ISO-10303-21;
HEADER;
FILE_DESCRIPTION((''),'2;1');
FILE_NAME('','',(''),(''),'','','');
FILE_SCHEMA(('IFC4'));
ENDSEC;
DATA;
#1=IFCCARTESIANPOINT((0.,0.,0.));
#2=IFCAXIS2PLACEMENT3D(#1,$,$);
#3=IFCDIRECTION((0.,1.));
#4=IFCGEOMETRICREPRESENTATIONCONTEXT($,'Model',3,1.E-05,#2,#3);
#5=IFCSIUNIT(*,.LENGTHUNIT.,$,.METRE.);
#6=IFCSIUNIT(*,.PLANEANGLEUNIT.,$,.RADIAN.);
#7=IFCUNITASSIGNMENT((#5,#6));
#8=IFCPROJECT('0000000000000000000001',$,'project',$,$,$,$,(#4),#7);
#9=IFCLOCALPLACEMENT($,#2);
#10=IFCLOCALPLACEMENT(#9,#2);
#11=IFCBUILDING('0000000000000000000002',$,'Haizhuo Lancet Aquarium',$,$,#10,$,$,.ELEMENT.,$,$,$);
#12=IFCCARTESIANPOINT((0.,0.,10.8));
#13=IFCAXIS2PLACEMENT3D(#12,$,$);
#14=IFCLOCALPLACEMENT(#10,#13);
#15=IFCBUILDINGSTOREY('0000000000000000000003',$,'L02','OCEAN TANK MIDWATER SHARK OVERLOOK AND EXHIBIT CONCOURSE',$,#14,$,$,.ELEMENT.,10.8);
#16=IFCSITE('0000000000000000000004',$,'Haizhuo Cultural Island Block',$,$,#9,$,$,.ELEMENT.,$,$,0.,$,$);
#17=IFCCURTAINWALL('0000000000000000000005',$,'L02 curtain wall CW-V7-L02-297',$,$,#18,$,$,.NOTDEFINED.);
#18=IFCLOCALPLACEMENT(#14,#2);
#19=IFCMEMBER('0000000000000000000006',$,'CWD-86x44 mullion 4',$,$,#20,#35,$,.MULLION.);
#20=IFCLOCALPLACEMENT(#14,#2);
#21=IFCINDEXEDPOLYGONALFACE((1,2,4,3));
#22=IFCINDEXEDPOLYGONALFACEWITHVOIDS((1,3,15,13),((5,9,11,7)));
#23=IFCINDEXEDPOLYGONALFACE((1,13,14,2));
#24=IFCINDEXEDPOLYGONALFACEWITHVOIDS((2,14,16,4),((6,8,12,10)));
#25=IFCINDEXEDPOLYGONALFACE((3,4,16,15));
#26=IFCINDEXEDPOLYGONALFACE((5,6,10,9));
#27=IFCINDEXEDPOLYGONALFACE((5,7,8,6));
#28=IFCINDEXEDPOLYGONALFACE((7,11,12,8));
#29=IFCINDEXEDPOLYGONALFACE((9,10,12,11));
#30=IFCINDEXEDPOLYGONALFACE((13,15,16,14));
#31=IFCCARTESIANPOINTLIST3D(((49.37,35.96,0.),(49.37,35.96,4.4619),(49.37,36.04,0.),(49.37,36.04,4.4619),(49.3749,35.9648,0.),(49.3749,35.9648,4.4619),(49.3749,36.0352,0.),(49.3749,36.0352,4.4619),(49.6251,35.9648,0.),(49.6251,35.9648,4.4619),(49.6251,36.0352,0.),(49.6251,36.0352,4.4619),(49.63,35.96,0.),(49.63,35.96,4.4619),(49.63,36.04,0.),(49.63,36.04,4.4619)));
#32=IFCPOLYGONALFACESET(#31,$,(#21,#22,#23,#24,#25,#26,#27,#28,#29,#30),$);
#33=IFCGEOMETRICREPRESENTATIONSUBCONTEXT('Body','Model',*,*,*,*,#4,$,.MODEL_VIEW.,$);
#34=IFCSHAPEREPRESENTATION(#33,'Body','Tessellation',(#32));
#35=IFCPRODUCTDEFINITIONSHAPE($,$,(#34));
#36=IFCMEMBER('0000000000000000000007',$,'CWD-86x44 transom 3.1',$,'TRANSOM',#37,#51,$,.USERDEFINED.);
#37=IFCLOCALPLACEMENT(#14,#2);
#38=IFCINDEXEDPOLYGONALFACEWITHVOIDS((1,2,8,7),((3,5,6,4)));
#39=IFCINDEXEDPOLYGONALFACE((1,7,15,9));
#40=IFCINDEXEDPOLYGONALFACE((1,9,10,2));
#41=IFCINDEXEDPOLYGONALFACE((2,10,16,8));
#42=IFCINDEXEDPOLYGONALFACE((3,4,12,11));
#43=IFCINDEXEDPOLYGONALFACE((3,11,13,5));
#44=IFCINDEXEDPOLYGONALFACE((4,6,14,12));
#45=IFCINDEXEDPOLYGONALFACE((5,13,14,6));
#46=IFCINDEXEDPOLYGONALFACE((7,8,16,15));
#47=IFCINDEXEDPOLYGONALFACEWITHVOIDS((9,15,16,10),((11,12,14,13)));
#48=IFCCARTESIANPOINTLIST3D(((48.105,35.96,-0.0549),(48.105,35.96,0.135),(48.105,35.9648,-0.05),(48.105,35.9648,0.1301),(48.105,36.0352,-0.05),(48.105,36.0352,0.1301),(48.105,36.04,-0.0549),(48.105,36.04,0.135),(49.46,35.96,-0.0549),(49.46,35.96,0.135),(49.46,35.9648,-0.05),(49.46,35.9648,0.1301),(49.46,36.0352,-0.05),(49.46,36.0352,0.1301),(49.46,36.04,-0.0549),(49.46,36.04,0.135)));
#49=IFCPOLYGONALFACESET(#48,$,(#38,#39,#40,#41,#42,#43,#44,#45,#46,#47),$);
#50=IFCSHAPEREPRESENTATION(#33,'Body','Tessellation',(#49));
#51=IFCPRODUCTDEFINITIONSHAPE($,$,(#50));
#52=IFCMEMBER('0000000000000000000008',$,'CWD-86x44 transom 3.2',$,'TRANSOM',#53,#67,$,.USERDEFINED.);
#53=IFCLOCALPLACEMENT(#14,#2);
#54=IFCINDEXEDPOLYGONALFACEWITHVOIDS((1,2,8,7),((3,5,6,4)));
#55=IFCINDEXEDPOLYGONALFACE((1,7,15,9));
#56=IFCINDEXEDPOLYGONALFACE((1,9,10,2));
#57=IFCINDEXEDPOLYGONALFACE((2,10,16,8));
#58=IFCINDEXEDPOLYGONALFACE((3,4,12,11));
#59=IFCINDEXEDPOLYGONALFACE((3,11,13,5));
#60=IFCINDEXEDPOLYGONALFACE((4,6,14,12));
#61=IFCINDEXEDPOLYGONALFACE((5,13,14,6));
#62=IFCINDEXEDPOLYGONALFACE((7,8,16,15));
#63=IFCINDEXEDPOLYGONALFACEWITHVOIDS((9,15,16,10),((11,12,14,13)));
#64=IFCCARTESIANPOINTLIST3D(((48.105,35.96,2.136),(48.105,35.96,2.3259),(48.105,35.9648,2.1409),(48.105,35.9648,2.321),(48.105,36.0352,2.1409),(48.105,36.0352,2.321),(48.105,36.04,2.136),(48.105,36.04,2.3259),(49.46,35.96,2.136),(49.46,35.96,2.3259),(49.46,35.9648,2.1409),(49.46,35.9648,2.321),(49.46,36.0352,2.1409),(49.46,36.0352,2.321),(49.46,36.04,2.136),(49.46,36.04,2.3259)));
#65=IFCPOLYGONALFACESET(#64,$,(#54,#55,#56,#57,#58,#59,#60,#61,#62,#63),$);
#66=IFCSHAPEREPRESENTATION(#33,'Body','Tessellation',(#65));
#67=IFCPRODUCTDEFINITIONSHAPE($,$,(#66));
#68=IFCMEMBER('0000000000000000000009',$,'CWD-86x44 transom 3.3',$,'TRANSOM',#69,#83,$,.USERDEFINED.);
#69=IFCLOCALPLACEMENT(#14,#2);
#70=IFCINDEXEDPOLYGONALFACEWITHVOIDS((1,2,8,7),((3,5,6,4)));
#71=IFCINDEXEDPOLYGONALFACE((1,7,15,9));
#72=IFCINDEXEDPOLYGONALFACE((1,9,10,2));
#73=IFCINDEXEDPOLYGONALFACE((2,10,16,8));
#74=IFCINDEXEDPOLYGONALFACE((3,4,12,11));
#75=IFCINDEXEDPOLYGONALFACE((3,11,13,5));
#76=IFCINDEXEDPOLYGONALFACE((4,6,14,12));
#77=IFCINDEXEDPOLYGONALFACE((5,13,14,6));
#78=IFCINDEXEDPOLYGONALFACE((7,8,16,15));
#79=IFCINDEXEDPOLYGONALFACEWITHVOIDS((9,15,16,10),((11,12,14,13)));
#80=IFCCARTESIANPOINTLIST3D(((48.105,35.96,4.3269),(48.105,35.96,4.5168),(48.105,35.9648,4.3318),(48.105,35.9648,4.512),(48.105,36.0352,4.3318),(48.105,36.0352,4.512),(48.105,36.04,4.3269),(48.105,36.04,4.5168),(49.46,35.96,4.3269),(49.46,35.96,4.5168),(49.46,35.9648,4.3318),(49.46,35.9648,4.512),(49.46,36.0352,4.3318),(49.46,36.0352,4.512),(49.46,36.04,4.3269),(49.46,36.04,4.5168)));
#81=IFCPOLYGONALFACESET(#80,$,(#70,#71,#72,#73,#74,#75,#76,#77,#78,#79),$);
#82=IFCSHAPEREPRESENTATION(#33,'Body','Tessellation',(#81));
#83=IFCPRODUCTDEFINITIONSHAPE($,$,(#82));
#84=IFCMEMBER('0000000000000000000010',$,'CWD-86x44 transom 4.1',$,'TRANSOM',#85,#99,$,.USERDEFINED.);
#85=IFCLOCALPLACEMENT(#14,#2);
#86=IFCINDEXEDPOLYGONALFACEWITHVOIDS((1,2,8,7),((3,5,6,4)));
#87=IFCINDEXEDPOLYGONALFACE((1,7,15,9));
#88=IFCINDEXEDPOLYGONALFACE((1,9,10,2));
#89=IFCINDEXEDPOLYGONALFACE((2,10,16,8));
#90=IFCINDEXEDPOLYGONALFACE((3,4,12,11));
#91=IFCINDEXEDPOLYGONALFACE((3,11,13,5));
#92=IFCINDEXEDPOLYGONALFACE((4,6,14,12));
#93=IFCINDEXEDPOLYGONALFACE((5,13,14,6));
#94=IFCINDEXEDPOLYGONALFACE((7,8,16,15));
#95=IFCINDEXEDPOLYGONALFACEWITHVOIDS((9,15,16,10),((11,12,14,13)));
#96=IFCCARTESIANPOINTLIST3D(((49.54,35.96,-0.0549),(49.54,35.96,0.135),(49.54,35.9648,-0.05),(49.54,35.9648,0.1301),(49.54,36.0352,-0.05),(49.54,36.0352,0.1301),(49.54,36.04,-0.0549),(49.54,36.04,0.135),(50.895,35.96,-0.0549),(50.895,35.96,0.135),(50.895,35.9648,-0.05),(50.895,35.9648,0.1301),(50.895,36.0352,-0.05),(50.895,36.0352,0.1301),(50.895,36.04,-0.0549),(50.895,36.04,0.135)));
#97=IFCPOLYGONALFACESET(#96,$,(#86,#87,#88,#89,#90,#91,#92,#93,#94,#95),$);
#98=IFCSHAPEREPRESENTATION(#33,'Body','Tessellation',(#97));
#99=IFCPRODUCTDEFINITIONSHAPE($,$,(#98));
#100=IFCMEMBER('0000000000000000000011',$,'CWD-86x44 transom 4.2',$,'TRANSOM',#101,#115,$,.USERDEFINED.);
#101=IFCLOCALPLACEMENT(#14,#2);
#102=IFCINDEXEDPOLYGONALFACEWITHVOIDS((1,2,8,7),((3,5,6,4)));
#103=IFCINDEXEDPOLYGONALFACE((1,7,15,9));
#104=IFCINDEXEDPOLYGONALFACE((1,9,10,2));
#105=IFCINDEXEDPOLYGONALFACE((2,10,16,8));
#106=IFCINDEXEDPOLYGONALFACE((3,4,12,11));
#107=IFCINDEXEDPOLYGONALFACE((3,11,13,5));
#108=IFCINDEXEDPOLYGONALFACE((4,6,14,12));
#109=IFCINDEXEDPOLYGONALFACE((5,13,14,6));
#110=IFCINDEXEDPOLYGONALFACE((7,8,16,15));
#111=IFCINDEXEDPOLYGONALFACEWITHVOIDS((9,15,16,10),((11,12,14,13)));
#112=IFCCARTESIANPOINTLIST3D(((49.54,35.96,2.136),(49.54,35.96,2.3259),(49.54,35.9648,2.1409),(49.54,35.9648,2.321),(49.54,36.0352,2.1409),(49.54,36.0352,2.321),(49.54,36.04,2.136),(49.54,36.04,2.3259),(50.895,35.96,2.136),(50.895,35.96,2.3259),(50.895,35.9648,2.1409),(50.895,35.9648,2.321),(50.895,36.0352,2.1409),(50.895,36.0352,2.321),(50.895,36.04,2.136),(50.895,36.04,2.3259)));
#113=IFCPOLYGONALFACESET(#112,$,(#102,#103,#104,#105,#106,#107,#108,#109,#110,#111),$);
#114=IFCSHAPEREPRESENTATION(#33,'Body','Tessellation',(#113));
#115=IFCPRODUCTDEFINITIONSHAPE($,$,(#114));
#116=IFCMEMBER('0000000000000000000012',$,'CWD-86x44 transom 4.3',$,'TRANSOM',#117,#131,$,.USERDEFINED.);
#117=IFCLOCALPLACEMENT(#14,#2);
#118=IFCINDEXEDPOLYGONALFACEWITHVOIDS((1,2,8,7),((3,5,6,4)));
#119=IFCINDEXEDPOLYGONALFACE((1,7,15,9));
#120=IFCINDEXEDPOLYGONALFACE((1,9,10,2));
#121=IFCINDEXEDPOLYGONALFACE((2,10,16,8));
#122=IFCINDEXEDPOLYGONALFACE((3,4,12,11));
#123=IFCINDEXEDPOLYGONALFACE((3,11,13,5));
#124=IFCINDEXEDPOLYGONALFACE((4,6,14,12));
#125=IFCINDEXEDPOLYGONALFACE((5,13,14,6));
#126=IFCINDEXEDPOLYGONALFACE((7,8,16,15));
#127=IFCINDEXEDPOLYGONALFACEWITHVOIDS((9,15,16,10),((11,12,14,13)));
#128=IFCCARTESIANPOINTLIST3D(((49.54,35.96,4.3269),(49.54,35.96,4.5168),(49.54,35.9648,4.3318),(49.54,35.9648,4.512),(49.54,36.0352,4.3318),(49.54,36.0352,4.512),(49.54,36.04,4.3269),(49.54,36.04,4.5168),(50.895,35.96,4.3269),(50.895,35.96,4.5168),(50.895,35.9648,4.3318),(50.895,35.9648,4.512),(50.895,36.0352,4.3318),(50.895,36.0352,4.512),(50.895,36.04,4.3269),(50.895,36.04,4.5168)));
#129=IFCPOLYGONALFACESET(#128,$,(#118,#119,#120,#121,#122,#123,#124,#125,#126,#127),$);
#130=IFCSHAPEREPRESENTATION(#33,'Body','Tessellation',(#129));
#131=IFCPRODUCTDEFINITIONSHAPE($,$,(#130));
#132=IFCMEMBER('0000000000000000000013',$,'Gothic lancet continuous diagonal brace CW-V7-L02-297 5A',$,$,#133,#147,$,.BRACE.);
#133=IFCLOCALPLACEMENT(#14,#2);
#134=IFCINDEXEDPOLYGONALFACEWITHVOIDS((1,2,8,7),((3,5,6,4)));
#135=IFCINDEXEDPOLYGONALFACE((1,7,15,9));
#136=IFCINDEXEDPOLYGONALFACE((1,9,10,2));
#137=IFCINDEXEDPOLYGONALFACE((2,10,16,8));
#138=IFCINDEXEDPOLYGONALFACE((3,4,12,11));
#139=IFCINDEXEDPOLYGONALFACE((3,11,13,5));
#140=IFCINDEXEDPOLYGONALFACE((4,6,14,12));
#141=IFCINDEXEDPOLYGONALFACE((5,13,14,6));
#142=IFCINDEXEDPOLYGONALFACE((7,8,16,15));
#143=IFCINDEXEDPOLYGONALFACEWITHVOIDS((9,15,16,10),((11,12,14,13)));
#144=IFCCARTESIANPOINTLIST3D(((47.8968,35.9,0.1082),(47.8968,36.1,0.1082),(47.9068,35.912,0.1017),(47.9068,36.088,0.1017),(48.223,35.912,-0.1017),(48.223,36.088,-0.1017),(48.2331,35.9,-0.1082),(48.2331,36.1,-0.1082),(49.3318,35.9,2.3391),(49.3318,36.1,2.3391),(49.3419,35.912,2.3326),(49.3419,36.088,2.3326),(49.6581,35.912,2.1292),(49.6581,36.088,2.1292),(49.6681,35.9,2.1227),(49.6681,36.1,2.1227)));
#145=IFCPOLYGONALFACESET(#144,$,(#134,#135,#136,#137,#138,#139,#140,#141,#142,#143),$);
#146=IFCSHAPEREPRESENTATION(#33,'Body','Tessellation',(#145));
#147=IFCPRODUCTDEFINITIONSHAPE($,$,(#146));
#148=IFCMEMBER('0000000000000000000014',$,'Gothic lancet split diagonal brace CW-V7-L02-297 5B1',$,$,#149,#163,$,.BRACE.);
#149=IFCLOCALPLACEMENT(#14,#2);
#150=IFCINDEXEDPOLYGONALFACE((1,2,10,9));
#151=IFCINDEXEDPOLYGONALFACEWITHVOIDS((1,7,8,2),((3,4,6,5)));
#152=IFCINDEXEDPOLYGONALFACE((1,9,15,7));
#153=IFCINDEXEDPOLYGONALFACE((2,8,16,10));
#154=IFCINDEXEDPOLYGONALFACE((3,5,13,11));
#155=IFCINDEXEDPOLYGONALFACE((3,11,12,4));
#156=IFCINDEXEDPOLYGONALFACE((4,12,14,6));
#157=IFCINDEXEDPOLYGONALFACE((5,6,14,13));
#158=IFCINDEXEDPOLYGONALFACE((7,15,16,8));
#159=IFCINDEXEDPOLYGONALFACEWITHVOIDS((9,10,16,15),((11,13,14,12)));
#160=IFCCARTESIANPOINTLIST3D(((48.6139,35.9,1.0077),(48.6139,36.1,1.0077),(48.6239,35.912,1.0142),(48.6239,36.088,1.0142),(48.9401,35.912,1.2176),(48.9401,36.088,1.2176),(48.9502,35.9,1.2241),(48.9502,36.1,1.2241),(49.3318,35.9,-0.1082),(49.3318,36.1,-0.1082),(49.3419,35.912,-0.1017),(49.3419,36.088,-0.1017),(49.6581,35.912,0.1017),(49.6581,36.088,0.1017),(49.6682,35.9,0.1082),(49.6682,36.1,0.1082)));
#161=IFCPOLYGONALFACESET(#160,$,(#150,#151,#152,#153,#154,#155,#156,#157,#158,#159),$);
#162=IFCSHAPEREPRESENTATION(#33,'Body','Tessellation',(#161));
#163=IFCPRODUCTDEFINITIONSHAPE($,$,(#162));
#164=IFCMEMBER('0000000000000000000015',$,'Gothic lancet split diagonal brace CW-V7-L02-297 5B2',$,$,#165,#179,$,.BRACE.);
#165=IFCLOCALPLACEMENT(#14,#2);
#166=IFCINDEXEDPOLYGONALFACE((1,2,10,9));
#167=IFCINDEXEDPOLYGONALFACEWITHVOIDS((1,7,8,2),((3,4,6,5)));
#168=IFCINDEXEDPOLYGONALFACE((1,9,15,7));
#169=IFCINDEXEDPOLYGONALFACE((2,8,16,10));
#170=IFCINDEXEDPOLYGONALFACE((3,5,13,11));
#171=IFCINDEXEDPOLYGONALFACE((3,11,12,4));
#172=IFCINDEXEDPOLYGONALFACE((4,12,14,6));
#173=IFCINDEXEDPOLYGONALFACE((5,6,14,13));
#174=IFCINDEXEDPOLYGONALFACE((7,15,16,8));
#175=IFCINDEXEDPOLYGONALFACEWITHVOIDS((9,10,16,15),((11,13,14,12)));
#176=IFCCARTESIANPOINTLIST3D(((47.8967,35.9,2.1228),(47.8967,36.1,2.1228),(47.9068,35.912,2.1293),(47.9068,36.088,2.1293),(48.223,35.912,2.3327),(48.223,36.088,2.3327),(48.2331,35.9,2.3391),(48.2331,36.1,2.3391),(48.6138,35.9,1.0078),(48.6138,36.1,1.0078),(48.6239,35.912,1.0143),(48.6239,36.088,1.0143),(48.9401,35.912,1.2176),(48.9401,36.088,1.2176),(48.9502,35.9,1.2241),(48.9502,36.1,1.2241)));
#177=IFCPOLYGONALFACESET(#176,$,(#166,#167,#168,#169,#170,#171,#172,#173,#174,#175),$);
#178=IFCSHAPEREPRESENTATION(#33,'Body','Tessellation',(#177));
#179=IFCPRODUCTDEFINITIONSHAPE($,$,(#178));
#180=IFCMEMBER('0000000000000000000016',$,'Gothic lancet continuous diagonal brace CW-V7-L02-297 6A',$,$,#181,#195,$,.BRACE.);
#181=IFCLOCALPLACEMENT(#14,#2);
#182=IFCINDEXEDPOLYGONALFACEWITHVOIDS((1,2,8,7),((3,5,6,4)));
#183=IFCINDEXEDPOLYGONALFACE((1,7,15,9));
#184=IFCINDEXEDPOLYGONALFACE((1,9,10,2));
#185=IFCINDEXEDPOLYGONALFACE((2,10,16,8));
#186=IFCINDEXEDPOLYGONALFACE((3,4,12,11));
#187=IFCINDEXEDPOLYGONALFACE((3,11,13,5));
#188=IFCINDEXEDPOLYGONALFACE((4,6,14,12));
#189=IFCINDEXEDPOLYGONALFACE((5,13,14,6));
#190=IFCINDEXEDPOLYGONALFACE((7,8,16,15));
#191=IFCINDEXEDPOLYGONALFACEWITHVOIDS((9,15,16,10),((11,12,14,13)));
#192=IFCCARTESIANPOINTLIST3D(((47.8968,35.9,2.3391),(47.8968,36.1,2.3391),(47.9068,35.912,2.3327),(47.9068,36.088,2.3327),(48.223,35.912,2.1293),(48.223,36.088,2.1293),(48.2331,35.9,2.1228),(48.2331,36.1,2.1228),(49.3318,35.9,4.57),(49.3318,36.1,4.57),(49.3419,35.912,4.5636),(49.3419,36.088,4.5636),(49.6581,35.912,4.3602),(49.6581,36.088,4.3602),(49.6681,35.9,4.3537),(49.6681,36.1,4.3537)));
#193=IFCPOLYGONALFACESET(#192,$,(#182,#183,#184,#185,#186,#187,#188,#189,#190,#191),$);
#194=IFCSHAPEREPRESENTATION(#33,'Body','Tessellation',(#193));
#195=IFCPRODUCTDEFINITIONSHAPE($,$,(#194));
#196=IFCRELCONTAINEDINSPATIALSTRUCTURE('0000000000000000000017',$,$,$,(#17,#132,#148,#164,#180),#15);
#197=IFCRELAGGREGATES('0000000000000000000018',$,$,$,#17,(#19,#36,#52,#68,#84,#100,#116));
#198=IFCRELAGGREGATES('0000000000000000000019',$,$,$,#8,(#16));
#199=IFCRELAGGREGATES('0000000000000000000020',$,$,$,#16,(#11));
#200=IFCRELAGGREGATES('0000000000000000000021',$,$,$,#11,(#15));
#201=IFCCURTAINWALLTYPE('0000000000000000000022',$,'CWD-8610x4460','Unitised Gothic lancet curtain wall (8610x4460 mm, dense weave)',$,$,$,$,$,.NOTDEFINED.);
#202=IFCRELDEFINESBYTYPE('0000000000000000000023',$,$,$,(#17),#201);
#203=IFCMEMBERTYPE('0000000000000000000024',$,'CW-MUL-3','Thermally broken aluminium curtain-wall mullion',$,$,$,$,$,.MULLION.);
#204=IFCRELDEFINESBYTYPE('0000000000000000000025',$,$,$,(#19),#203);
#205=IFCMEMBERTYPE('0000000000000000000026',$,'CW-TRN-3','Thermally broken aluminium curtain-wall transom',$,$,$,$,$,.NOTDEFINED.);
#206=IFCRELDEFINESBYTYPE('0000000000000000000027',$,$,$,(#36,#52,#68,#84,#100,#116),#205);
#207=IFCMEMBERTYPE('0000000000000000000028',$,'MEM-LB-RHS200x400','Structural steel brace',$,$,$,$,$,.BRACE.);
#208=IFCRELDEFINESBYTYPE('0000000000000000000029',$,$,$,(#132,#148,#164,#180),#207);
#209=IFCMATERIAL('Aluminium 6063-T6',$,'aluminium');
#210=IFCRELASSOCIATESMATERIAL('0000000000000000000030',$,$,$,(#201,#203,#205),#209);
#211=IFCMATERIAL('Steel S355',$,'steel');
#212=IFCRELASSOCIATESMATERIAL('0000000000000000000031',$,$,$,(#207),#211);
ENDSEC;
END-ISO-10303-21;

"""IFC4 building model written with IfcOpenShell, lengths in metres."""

from ifc_helpers import new_model, si_unit, direction, frame, origin, origin_2d, place, context, subcontext, project, spatial, hollow_rectangle, extrude, material, material_profile, profile_set, type_object, element, aggregate, save


model = new_model("IFC4")

# Units and contexts
model_context = context("Model", 3, precision=1e-05, world=origin(), true_north=direction((0.0, 1.0)))
body_context = subcontext(model_context, "Body", "Model", "MODEL_VIEW")
ifc_project = project(units=[si_unit("LENGTHUNIT", "METRE"), si_unit("PLANEANGLEUNIT", "RADIAN")], contexts=[model_context])

# Site, building, storey
site_placement = place(None, origin())
site = spatial("IfcSite", under=ifc_project, at=site_placement, Name="Haizhuo Cultural Island Block", CompositionType="ELEMENT", RefElevation=0.0)
building_placement = place(site_placement, origin())
building = spatial("IfcBuilding", under=site, at=building_placement, Name="Haizhuo Lancet Aquarium", CompositionType="ELEMENT")
storey_placement = place(building_placement, frame((0.0, 0.0, 10.8)))
storey = spatial("IfcBuildingStorey", under=building, at=storey_placement, Name="L02", Description="OCEAN TANK MIDWATER SHARK OVERLOOK AND EXHIBIT CONCOURSE", CompositionType="ELEMENT", Elevation=10.8)

# Curtain wall, members
ifc_material_1 = material(Name="Aluminium 6063-T6", Category="aluminium")
curtain_wall_type = type_object("IfcCurtainWallType", Name="CWD-8610x4460", Description="Unitised Gothic lancet curtain wall (8610x4460 mm, dense weave)", PredefinedType="NOTDEFINED", material=ifc_material_1)
curtain_wall_placement = place(storey_placement, origin())
curtain_wall = element("IfcCurtainWall", 1, at=curtain_wall_placement, inside=storey, type_object=curtain_wall_type, Name="L02 curtain wall CW-V7-L02-297", PredefinedType="NOTDEFINED")
ifc_material_profile_1 = material_profile(ifc_material_1, hollow_rectangle(XDim=0.0801, YDim=0.26, WallThickness=0.0049, at=origin_2d()), Name="ALU-M 80x260x5")
ifc_profile_set_1 = profile_set([ifc_material_profile_1], Name="Aluminium 6063-T6")
member_type_1 = type_object("IfcMemberType", Name="CW-MUL-3", Description="Thermally broken aluminium curtain-wall mullion", PredefinedType="MULLION", material=ifc_profile_set_1)
member_1_placement = place(storey_placement, frame((49.5, 36.0, 0.0), z_axis=(0.0, 0.0, 1.0), x_axis=(0.0, 1.0, 0.0)))
member_1 = element("IfcMember", 2, at=member_1_placement, type_object=member_type_1, Name="CWD-86x44 mullion 4", PredefinedType="MULLION", context=body_context, shape_type="SweptSolid", body=[
    extrude(hollow_rectangle(XDim=0.0801, YDim=0.26, WallThickness=0.0049, at=origin_2d()), origin(), (0.0, 0.0, 1.0), 4.4619),
])
ifc_material_profile_2 = material_profile(ifc_material_1, hollow_rectangle(XDim=0.0801, YDim=0.1899, WallThickness=0.0049, at=origin_2d()), Name="ALU-T 80x190x5")
ifc_profile_set_2 = profile_set([ifc_material_profile_2], Name="Aluminium 6063-T6")
member_type_2 = type_object("IfcMemberType", Name="CW-TRN-3", Description="Thermally broken aluminium curtain-wall transom", PredefinedType="NOTDEFINED", material=ifc_profile_set_2)
member_2_placement = place(storey_placement, frame((48.105, 36.0, 0.04), z_axis=(1.0, 0.0, 0.0), x_axis=(0.0, 1.0, 0.0)))
member_2 = element("IfcMember", 3, at=member_2_placement, type_object=member_type_2, Name="CWD-86x44 transom 3.1", ObjectType="TRANSOM", PredefinedType="USERDEFINED", context=body_context, shape_type="SweptSolid", body=[
    extrude(hollow_rectangle(XDim=0.0801, YDim=0.1899, WallThickness=0.0049, at=origin_2d()), origin(), (0.0, 0.0, 1.0), 1.355),
])
member_3_placement = place(storey_placement, frame((48.105, 36.0, 2.231), z_axis=(1.0, 0.0, 0.0), x_axis=(0.0, 1.0, 0.0)))
member_3 = element("IfcMember", 4, at=member_3_placement, type_object=member_type_2, Name="CWD-86x44 transom 3.2", ObjectType="TRANSOM", PredefinedType="USERDEFINED", context=body_context, shape_type="SweptSolid", body=[
    extrude(hollow_rectangle(XDim=0.0801, YDim=0.1899, WallThickness=0.0049, at=origin_2d()), origin(), (0.0, 0.0, 1.0), 1.355),
])
member_4_placement = place(storey_placement, frame((48.105, 36.0, 4.4219), z_axis=(1.0, 0.0, 0.0), x_axis=(0.0, 1.0, 0.0)))
member_4 = element("IfcMember", 5, at=member_4_placement, type_object=member_type_2, Name="CWD-86x44 transom 3.3", ObjectType="TRANSOM", PredefinedType="USERDEFINED", context=body_context, shape_type="SweptSolid", body=[
    extrude(hollow_rectangle(XDim=0.0801, YDim=0.1899, WallThickness=0.0049, at=origin_2d()), origin(), (0.0, 0.0, 1.0), 1.355),
])
member_5_placement = place(storey_placement, frame((49.54, 36.0, 0.04), z_axis=(1.0, 0.0, 0.0), x_axis=(0.0, 1.0, 0.0)))
member_5 = element("IfcMember", 6, at=member_5_placement, type_object=member_type_2, Name="CWD-86x44 transom 4.1", ObjectType="TRANSOM", PredefinedType="USERDEFINED", context=body_context, shape_type="SweptSolid", body=[
    extrude(hollow_rectangle(XDim=0.0801, YDim=0.1899, WallThickness=0.0049, at=origin_2d()), origin(), (0.0, 0.0, 1.0), 1.355),
])
member_6_placement = place(storey_placement, frame((49.54, 36.0, 2.231), z_axis=(1.0, 0.0, 0.0), x_axis=(0.0, 1.0, 0.0)))
member_6 = element("IfcMember", 7, at=member_6_placement, type_object=member_type_2, Name="CWD-86x44 transom 4.2", ObjectType="TRANSOM", PredefinedType="USERDEFINED", context=body_context, shape_type="SweptSolid", body=[
    extrude(hollow_rectangle(XDim=0.0801, YDim=0.1899, WallThickness=0.0049, at=origin_2d()), origin(), (0.0, 0.0, 1.0), 1.355),
])
member_7_placement = place(storey_placement, frame((49.54, 36.0, 4.4219), z_axis=(1.0, 0.0, 0.0), x_axis=(0.0, 1.0, 0.0)))
member_7 = element("IfcMember", 8, at=member_7_placement, type_object=member_type_2, Name="CWD-86x44 transom 4.3", ObjectType="TRANSOM", PredefinedType="USERDEFINED", context=body_context, shape_type="SweptSolid", body=[
    extrude(hollow_rectangle(XDim=0.0801, YDim=0.1899, WallThickness=0.0049, at=origin_2d()), origin(), (0.0, 0.0, 1.0), 1.355),
])

# Members
ifc_material_2 = material(Name="Steel S355", Category="steel")
ifc_material_profile_3 = material_profile(ifc_material_2, hollow_rectangle(XDim=0.2, YDim=0.3999, WallThickness=0.012, at=origin_2d()), Name="RHS 200x400x12")
ifc_profile_set_3 = profile_set([ifc_material_profile_3], Name="Steel S355")
member_type_3 = type_object("IfcMemberType", Name="MEM-LB-RHS200x400", Description="Structural steel brace", PredefinedType="BRACE", material=ifc_profile_set_3)
member_8_placement = place(storey_placement, frame((48.0649, 36.0, 0.0), z_axis=(0.54099, 0.0, 0.841029), x_axis=(0.0, 1.0, 0.0)))
element("IfcMember", 9, at=member_8_placement, inside=storey, type_object=member_type_3, Name="Gothic lancet continuous diagonal brace CW-V7-L02-297 5A", PredefinedType="BRACE", context=body_context, shape_type="SweptSolid", body=[
    extrude(hollow_rectangle(XDim=0.2, YDim=0.3999, WallThickness=0.012, at=origin_2d()), origin(), (0.0, 0.0, 1.0), 2.6526),
])
member_9_placement = place(storey_placement, frame((49.5, 36.0, 0.0), z_axis=(-0.541083, 0.0, 0.840969), x_axis=(0.0, -1.0, 0.0)))
element("IfcMember", 10, at=member_9_placement, inside=storey, type_object=member_type_3, Name="Gothic lancet split diagonal brace CW-V7-L02-297 5B1", PredefinedType="BRACE", context=body_context, shape_type="SweptSolid", body=[
    extrude(hollow_rectangle(XDim=0.2, YDim=0.3999, WallThickness=0.012, at=origin_2d()), origin(), (0.0, 0.0, 1.0), 1.3269),
])
member_10_placement = place(storey_placement, frame((48.782, 36.0, 1.116), z_axis=(-0.540897, 0.0, 0.841089), x_axis=(0.0, -1.0, 0.0)))
element("IfcMember", 11, at=member_10_placement, inside=storey, type_object=member_type_3, Name="Gothic lancet split diagonal brace CW-V7-L02-297 5B2", PredefinedType="BRACE", context=body_context, shape_type="SweptSolid", body=[
    extrude(hollow_rectangle(XDim=0.2, YDim=0.3999, WallThickness=0.012, at=origin_2d()), origin(), (0.0, 0.0, 1.0), 1.3257),
])
member_11_placement = place(storey_placement, frame((48.0649, 36.0, 2.231), z_axis=(0.54099, 0.0, 0.841029), x_axis=(0.0, 1.0, 0.0)))
element("IfcMember", 12, at=member_11_placement, inside=storey, type_object=member_type_3, Name="Gothic lancet continuous diagonal brace CW-V7-L02-297 6A", PredefinedType="BRACE", context=body_context, shape_type="SweptSolid", body=[
    extrude(hollow_rectangle(XDim=0.2, YDim=0.3999, WallThickness=0.012, at=origin_2d()), origin(), (0.0, 0.0, 1.0), 2.6526),
])

aggregate(curtain_wall, [member_1, member_2, member_3, member_4, member_5, member_6, member_7])

save(model, "model.ifc")
